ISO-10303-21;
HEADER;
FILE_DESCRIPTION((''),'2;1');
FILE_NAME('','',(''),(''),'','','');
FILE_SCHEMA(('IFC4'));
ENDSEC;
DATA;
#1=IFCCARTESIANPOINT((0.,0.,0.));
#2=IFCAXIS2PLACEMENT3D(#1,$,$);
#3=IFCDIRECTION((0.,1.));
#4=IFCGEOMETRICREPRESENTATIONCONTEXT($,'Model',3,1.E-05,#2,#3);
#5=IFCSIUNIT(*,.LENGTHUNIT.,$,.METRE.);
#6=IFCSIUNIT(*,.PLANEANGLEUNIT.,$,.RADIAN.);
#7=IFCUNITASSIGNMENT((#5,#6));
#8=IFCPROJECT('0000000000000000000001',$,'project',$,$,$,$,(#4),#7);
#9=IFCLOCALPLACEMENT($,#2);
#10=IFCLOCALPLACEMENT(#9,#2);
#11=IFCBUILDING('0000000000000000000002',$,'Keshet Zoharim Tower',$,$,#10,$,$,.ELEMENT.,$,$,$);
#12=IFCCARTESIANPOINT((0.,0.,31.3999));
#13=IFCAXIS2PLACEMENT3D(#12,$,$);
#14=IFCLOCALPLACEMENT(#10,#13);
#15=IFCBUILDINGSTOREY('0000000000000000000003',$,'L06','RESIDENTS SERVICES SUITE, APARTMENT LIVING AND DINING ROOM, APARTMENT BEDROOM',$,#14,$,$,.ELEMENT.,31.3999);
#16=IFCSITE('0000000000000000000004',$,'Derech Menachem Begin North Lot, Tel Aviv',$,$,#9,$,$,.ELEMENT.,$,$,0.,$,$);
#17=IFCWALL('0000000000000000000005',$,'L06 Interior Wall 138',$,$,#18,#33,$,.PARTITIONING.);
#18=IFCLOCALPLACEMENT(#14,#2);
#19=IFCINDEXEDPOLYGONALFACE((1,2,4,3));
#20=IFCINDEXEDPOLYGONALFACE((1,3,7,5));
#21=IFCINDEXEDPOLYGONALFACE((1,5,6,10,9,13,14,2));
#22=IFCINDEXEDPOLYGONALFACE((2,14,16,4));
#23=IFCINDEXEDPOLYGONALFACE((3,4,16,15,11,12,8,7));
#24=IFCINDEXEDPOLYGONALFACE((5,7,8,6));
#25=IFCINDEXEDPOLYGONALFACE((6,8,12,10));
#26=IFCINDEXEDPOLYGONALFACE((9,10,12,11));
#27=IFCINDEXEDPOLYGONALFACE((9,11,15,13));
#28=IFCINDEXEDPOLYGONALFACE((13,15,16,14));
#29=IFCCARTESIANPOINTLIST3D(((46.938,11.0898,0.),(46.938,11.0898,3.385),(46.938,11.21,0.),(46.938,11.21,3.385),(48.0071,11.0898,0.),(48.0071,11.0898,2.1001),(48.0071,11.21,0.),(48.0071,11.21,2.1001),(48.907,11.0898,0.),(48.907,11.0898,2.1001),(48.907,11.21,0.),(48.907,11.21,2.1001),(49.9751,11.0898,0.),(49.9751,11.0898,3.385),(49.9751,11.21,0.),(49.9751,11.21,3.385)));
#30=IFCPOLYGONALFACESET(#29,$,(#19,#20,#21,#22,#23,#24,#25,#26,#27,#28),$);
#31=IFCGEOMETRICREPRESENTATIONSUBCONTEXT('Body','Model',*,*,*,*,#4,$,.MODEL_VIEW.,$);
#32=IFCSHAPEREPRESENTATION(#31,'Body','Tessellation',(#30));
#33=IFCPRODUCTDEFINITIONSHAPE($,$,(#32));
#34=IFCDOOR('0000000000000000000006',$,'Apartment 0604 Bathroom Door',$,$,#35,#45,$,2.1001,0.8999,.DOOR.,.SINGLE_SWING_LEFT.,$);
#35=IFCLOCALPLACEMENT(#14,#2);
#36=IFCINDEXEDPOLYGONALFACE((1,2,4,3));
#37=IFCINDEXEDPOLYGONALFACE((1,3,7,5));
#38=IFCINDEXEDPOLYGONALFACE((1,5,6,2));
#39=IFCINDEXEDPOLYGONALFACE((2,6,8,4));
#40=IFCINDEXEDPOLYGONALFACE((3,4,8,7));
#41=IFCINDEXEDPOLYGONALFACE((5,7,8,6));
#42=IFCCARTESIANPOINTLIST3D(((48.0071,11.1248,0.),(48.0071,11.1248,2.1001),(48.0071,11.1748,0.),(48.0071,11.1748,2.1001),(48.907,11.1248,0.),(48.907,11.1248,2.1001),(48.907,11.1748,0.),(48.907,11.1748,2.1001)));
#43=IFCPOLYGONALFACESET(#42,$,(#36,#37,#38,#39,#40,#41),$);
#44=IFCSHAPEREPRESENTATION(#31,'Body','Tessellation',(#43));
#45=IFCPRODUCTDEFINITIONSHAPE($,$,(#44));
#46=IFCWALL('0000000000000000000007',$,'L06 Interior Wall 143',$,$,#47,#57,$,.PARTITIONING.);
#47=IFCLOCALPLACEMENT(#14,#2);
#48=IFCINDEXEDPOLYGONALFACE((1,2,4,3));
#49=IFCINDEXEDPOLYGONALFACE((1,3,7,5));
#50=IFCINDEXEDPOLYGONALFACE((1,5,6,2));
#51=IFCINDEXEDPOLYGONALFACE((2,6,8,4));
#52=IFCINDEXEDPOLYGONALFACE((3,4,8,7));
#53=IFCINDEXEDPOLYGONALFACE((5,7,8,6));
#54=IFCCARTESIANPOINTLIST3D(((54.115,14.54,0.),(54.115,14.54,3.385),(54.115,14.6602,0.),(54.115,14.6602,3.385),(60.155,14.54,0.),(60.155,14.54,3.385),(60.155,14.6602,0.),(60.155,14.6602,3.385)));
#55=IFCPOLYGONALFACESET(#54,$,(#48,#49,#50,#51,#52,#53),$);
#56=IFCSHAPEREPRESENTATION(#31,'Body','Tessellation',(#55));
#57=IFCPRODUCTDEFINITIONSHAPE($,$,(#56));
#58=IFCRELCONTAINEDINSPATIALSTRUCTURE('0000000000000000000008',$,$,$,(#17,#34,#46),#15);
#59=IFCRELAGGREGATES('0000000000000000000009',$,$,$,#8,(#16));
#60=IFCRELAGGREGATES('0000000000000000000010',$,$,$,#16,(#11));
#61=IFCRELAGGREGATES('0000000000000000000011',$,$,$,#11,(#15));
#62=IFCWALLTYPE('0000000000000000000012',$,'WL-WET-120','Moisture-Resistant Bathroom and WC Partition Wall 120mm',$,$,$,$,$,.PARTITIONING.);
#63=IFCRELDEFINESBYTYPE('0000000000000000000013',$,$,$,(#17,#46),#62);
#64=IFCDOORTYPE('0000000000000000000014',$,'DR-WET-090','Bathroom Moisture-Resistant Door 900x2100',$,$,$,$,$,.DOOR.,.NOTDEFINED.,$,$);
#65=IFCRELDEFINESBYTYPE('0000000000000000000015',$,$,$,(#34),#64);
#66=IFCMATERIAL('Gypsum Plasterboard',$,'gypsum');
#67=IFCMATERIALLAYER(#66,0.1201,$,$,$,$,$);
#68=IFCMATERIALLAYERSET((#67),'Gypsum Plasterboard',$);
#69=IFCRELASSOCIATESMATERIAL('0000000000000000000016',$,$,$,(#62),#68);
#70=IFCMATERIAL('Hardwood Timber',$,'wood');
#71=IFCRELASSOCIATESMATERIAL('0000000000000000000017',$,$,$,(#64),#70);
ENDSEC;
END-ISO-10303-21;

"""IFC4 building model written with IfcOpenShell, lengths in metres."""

from ifc_helpers import new_model, si_unit, direction, frame, frame_2d, origin, place, context, subcontext, project, spatial, rectangle, extrude, material, layer, layer_set, type_object, element, fill, save


model = new_model("IFC4")

# Units and contexts
model_context = context("Model", 3, precision=1e-05, world=origin(), true_north=direction((0.0, 1.0)))
body_context = subcontext(model_context, "Body", "Model", "MODEL_VIEW")
ifc_project = project(units=[si_unit("LENGTHUNIT", "METRE"), si_unit("PLANEANGLEUNIT", "RADIAN")], contexts=[model_context])

# Site, building, storey
site_placement = place(None, origin())
site = spatial("IfcSite", under=ifc_project, at=site_placement, Name="Derech Menachem Begin North Lot, Tel Aviv", CompositionType="ELEMENT", RefElevation=0.0)
building_placement = place(site_placement, origin())
building = spatial("IfcBuilding", under=site, at=building_placement, Name="Keshet Zoharim Tower", CompositionType="ELEMENT")
storey_placement = place(building_placement, frame((0.0, 0.0, 31.3999)))
storey = spatial("IfcBuildingStorey", under=building, at=storey_placement, Name="L06", Description="RESIDENTS SERVICES SUITE, APARTMENT LIVING AND DINING ROOM, APARTMENT BEDROOM", CompositionType="ELEMENT", Elevation=31.3999)

# Shared definitions
ifc_material_1 = material(Name="Gypsum Plasterboard", Category="gypsum")

# Shared definitions
ifc_material_2 = material(Name="Hardwood Timber", Category="wood")

# Shared definitions
ifc_layer_1 = layer(ifc_material_1, 0.1201)
ifc_layer_set_1 = layer_set([ifc_layer_1], Name="Gypsum Plasterboard")
wall_type_1 = type_object("IfcWallType", Name="WL-WET-120", Description="Moisture-Resistant Bathroom and WC Partition Wall 120mm", PredefinedType="PARTITIONING", material=ifc_layer_set_1)

# Wall, opening, door
door_type_1 = type_object("IfcDoorType", Name="DR-WET-090", Description="Bathroom Moisture-Resistant Door 900x2100", OperationType="NOTDEFINED", PredefinedType="DOOR", material=ifc_material_2)
wall_1_placement = place(storey_placement, frame((46.938, 11.1499, 0.0), z_axis=(0.0, 0.0, 1.0), x_axis=(1.0, 0.0, 0.0)))
wall_1 = element("IfcWall", 1, at=wall_1_placement, inside=storey, type_object=wall_type_1, Name="L06 Interior Wall 138", PredefinedType="PARTITIONING", context=body_context, shape_type="SweptSolid", body=[
    extrude(rectangle(XDim=3.0371, YDim=0.1201, at=frame_2d((1.5186, 0.0))), origin(), (0.0, 0.0, 1.0), 3.385),
])
opening_1_placement = place(wall_1_placement, frame((1.0691, 0.0, 0.0)))
opening_1 = element("IfcOpeningElement", 2, at=opening_1_placement, cuts=wall_1, PredefinedType="OPENING", context=body_context, shape_type="SweptSolid", body=[
    extrude(rectangle(XDim=0.8999, YDim=2.1001, at=frame_2d((0.45, 1.05))), frame((0.0, 0.0701, 0.0), z_axis=(0.0, -1.0, 0.0), x_axis=(1.0, 0.0, 0.0)), (0.0, 0.0, 1.0), 0.1401),
])
door_1_placement = place(opening_1_placement, origin())
door_1 = element("IfcDoor", 3, at=door_1_placement, inside=storey, type_object=door_type_1, Name="Apartment 0604 Bathroom Door", OperationType="SINGLE_SWING_LEFT", OverallHeight=2.1001, OverallWidth=0.8999, PredefinedType="DOOR", context=body_context, shape_type="SweptSolid", body=[
    extrude(rectangle(XDim=0.8999, YDim=2.1001, at=frame_2d((0.45, 1.05))), frame((0.0, 0.0249, 0.0), z_axis=(0.0, -1.0, 0.0), x_axis=(1.0, 0.0, 0.0)), (0.0, 0.0, 1.0), 0.05),
])
fill(opening_1, door_1)

# Wall
wall_2_placement = place(storey_placement, frame((54.115, 14.6001, 0.0), z_axis=(0.0, 0.0, 1.0), x_axis=(1.0, 0.0, 0.0)))
element("IfcWall", 4, at=wall_2_placement, inside=storey, type_object=wall_type_1, Name="L06 Interior Wall 143", PredefinedType="PARTITIONING", context=body_context, shape_type="SweptSolid", body=[
    extrude(rectangle(XDim=6.04, YDim=0.1201, at=frame_2d((3.02, 0.0))), origin(), (0.0, 0.0, 1.0), 3.385),
])

save(model, "model.ifc")
